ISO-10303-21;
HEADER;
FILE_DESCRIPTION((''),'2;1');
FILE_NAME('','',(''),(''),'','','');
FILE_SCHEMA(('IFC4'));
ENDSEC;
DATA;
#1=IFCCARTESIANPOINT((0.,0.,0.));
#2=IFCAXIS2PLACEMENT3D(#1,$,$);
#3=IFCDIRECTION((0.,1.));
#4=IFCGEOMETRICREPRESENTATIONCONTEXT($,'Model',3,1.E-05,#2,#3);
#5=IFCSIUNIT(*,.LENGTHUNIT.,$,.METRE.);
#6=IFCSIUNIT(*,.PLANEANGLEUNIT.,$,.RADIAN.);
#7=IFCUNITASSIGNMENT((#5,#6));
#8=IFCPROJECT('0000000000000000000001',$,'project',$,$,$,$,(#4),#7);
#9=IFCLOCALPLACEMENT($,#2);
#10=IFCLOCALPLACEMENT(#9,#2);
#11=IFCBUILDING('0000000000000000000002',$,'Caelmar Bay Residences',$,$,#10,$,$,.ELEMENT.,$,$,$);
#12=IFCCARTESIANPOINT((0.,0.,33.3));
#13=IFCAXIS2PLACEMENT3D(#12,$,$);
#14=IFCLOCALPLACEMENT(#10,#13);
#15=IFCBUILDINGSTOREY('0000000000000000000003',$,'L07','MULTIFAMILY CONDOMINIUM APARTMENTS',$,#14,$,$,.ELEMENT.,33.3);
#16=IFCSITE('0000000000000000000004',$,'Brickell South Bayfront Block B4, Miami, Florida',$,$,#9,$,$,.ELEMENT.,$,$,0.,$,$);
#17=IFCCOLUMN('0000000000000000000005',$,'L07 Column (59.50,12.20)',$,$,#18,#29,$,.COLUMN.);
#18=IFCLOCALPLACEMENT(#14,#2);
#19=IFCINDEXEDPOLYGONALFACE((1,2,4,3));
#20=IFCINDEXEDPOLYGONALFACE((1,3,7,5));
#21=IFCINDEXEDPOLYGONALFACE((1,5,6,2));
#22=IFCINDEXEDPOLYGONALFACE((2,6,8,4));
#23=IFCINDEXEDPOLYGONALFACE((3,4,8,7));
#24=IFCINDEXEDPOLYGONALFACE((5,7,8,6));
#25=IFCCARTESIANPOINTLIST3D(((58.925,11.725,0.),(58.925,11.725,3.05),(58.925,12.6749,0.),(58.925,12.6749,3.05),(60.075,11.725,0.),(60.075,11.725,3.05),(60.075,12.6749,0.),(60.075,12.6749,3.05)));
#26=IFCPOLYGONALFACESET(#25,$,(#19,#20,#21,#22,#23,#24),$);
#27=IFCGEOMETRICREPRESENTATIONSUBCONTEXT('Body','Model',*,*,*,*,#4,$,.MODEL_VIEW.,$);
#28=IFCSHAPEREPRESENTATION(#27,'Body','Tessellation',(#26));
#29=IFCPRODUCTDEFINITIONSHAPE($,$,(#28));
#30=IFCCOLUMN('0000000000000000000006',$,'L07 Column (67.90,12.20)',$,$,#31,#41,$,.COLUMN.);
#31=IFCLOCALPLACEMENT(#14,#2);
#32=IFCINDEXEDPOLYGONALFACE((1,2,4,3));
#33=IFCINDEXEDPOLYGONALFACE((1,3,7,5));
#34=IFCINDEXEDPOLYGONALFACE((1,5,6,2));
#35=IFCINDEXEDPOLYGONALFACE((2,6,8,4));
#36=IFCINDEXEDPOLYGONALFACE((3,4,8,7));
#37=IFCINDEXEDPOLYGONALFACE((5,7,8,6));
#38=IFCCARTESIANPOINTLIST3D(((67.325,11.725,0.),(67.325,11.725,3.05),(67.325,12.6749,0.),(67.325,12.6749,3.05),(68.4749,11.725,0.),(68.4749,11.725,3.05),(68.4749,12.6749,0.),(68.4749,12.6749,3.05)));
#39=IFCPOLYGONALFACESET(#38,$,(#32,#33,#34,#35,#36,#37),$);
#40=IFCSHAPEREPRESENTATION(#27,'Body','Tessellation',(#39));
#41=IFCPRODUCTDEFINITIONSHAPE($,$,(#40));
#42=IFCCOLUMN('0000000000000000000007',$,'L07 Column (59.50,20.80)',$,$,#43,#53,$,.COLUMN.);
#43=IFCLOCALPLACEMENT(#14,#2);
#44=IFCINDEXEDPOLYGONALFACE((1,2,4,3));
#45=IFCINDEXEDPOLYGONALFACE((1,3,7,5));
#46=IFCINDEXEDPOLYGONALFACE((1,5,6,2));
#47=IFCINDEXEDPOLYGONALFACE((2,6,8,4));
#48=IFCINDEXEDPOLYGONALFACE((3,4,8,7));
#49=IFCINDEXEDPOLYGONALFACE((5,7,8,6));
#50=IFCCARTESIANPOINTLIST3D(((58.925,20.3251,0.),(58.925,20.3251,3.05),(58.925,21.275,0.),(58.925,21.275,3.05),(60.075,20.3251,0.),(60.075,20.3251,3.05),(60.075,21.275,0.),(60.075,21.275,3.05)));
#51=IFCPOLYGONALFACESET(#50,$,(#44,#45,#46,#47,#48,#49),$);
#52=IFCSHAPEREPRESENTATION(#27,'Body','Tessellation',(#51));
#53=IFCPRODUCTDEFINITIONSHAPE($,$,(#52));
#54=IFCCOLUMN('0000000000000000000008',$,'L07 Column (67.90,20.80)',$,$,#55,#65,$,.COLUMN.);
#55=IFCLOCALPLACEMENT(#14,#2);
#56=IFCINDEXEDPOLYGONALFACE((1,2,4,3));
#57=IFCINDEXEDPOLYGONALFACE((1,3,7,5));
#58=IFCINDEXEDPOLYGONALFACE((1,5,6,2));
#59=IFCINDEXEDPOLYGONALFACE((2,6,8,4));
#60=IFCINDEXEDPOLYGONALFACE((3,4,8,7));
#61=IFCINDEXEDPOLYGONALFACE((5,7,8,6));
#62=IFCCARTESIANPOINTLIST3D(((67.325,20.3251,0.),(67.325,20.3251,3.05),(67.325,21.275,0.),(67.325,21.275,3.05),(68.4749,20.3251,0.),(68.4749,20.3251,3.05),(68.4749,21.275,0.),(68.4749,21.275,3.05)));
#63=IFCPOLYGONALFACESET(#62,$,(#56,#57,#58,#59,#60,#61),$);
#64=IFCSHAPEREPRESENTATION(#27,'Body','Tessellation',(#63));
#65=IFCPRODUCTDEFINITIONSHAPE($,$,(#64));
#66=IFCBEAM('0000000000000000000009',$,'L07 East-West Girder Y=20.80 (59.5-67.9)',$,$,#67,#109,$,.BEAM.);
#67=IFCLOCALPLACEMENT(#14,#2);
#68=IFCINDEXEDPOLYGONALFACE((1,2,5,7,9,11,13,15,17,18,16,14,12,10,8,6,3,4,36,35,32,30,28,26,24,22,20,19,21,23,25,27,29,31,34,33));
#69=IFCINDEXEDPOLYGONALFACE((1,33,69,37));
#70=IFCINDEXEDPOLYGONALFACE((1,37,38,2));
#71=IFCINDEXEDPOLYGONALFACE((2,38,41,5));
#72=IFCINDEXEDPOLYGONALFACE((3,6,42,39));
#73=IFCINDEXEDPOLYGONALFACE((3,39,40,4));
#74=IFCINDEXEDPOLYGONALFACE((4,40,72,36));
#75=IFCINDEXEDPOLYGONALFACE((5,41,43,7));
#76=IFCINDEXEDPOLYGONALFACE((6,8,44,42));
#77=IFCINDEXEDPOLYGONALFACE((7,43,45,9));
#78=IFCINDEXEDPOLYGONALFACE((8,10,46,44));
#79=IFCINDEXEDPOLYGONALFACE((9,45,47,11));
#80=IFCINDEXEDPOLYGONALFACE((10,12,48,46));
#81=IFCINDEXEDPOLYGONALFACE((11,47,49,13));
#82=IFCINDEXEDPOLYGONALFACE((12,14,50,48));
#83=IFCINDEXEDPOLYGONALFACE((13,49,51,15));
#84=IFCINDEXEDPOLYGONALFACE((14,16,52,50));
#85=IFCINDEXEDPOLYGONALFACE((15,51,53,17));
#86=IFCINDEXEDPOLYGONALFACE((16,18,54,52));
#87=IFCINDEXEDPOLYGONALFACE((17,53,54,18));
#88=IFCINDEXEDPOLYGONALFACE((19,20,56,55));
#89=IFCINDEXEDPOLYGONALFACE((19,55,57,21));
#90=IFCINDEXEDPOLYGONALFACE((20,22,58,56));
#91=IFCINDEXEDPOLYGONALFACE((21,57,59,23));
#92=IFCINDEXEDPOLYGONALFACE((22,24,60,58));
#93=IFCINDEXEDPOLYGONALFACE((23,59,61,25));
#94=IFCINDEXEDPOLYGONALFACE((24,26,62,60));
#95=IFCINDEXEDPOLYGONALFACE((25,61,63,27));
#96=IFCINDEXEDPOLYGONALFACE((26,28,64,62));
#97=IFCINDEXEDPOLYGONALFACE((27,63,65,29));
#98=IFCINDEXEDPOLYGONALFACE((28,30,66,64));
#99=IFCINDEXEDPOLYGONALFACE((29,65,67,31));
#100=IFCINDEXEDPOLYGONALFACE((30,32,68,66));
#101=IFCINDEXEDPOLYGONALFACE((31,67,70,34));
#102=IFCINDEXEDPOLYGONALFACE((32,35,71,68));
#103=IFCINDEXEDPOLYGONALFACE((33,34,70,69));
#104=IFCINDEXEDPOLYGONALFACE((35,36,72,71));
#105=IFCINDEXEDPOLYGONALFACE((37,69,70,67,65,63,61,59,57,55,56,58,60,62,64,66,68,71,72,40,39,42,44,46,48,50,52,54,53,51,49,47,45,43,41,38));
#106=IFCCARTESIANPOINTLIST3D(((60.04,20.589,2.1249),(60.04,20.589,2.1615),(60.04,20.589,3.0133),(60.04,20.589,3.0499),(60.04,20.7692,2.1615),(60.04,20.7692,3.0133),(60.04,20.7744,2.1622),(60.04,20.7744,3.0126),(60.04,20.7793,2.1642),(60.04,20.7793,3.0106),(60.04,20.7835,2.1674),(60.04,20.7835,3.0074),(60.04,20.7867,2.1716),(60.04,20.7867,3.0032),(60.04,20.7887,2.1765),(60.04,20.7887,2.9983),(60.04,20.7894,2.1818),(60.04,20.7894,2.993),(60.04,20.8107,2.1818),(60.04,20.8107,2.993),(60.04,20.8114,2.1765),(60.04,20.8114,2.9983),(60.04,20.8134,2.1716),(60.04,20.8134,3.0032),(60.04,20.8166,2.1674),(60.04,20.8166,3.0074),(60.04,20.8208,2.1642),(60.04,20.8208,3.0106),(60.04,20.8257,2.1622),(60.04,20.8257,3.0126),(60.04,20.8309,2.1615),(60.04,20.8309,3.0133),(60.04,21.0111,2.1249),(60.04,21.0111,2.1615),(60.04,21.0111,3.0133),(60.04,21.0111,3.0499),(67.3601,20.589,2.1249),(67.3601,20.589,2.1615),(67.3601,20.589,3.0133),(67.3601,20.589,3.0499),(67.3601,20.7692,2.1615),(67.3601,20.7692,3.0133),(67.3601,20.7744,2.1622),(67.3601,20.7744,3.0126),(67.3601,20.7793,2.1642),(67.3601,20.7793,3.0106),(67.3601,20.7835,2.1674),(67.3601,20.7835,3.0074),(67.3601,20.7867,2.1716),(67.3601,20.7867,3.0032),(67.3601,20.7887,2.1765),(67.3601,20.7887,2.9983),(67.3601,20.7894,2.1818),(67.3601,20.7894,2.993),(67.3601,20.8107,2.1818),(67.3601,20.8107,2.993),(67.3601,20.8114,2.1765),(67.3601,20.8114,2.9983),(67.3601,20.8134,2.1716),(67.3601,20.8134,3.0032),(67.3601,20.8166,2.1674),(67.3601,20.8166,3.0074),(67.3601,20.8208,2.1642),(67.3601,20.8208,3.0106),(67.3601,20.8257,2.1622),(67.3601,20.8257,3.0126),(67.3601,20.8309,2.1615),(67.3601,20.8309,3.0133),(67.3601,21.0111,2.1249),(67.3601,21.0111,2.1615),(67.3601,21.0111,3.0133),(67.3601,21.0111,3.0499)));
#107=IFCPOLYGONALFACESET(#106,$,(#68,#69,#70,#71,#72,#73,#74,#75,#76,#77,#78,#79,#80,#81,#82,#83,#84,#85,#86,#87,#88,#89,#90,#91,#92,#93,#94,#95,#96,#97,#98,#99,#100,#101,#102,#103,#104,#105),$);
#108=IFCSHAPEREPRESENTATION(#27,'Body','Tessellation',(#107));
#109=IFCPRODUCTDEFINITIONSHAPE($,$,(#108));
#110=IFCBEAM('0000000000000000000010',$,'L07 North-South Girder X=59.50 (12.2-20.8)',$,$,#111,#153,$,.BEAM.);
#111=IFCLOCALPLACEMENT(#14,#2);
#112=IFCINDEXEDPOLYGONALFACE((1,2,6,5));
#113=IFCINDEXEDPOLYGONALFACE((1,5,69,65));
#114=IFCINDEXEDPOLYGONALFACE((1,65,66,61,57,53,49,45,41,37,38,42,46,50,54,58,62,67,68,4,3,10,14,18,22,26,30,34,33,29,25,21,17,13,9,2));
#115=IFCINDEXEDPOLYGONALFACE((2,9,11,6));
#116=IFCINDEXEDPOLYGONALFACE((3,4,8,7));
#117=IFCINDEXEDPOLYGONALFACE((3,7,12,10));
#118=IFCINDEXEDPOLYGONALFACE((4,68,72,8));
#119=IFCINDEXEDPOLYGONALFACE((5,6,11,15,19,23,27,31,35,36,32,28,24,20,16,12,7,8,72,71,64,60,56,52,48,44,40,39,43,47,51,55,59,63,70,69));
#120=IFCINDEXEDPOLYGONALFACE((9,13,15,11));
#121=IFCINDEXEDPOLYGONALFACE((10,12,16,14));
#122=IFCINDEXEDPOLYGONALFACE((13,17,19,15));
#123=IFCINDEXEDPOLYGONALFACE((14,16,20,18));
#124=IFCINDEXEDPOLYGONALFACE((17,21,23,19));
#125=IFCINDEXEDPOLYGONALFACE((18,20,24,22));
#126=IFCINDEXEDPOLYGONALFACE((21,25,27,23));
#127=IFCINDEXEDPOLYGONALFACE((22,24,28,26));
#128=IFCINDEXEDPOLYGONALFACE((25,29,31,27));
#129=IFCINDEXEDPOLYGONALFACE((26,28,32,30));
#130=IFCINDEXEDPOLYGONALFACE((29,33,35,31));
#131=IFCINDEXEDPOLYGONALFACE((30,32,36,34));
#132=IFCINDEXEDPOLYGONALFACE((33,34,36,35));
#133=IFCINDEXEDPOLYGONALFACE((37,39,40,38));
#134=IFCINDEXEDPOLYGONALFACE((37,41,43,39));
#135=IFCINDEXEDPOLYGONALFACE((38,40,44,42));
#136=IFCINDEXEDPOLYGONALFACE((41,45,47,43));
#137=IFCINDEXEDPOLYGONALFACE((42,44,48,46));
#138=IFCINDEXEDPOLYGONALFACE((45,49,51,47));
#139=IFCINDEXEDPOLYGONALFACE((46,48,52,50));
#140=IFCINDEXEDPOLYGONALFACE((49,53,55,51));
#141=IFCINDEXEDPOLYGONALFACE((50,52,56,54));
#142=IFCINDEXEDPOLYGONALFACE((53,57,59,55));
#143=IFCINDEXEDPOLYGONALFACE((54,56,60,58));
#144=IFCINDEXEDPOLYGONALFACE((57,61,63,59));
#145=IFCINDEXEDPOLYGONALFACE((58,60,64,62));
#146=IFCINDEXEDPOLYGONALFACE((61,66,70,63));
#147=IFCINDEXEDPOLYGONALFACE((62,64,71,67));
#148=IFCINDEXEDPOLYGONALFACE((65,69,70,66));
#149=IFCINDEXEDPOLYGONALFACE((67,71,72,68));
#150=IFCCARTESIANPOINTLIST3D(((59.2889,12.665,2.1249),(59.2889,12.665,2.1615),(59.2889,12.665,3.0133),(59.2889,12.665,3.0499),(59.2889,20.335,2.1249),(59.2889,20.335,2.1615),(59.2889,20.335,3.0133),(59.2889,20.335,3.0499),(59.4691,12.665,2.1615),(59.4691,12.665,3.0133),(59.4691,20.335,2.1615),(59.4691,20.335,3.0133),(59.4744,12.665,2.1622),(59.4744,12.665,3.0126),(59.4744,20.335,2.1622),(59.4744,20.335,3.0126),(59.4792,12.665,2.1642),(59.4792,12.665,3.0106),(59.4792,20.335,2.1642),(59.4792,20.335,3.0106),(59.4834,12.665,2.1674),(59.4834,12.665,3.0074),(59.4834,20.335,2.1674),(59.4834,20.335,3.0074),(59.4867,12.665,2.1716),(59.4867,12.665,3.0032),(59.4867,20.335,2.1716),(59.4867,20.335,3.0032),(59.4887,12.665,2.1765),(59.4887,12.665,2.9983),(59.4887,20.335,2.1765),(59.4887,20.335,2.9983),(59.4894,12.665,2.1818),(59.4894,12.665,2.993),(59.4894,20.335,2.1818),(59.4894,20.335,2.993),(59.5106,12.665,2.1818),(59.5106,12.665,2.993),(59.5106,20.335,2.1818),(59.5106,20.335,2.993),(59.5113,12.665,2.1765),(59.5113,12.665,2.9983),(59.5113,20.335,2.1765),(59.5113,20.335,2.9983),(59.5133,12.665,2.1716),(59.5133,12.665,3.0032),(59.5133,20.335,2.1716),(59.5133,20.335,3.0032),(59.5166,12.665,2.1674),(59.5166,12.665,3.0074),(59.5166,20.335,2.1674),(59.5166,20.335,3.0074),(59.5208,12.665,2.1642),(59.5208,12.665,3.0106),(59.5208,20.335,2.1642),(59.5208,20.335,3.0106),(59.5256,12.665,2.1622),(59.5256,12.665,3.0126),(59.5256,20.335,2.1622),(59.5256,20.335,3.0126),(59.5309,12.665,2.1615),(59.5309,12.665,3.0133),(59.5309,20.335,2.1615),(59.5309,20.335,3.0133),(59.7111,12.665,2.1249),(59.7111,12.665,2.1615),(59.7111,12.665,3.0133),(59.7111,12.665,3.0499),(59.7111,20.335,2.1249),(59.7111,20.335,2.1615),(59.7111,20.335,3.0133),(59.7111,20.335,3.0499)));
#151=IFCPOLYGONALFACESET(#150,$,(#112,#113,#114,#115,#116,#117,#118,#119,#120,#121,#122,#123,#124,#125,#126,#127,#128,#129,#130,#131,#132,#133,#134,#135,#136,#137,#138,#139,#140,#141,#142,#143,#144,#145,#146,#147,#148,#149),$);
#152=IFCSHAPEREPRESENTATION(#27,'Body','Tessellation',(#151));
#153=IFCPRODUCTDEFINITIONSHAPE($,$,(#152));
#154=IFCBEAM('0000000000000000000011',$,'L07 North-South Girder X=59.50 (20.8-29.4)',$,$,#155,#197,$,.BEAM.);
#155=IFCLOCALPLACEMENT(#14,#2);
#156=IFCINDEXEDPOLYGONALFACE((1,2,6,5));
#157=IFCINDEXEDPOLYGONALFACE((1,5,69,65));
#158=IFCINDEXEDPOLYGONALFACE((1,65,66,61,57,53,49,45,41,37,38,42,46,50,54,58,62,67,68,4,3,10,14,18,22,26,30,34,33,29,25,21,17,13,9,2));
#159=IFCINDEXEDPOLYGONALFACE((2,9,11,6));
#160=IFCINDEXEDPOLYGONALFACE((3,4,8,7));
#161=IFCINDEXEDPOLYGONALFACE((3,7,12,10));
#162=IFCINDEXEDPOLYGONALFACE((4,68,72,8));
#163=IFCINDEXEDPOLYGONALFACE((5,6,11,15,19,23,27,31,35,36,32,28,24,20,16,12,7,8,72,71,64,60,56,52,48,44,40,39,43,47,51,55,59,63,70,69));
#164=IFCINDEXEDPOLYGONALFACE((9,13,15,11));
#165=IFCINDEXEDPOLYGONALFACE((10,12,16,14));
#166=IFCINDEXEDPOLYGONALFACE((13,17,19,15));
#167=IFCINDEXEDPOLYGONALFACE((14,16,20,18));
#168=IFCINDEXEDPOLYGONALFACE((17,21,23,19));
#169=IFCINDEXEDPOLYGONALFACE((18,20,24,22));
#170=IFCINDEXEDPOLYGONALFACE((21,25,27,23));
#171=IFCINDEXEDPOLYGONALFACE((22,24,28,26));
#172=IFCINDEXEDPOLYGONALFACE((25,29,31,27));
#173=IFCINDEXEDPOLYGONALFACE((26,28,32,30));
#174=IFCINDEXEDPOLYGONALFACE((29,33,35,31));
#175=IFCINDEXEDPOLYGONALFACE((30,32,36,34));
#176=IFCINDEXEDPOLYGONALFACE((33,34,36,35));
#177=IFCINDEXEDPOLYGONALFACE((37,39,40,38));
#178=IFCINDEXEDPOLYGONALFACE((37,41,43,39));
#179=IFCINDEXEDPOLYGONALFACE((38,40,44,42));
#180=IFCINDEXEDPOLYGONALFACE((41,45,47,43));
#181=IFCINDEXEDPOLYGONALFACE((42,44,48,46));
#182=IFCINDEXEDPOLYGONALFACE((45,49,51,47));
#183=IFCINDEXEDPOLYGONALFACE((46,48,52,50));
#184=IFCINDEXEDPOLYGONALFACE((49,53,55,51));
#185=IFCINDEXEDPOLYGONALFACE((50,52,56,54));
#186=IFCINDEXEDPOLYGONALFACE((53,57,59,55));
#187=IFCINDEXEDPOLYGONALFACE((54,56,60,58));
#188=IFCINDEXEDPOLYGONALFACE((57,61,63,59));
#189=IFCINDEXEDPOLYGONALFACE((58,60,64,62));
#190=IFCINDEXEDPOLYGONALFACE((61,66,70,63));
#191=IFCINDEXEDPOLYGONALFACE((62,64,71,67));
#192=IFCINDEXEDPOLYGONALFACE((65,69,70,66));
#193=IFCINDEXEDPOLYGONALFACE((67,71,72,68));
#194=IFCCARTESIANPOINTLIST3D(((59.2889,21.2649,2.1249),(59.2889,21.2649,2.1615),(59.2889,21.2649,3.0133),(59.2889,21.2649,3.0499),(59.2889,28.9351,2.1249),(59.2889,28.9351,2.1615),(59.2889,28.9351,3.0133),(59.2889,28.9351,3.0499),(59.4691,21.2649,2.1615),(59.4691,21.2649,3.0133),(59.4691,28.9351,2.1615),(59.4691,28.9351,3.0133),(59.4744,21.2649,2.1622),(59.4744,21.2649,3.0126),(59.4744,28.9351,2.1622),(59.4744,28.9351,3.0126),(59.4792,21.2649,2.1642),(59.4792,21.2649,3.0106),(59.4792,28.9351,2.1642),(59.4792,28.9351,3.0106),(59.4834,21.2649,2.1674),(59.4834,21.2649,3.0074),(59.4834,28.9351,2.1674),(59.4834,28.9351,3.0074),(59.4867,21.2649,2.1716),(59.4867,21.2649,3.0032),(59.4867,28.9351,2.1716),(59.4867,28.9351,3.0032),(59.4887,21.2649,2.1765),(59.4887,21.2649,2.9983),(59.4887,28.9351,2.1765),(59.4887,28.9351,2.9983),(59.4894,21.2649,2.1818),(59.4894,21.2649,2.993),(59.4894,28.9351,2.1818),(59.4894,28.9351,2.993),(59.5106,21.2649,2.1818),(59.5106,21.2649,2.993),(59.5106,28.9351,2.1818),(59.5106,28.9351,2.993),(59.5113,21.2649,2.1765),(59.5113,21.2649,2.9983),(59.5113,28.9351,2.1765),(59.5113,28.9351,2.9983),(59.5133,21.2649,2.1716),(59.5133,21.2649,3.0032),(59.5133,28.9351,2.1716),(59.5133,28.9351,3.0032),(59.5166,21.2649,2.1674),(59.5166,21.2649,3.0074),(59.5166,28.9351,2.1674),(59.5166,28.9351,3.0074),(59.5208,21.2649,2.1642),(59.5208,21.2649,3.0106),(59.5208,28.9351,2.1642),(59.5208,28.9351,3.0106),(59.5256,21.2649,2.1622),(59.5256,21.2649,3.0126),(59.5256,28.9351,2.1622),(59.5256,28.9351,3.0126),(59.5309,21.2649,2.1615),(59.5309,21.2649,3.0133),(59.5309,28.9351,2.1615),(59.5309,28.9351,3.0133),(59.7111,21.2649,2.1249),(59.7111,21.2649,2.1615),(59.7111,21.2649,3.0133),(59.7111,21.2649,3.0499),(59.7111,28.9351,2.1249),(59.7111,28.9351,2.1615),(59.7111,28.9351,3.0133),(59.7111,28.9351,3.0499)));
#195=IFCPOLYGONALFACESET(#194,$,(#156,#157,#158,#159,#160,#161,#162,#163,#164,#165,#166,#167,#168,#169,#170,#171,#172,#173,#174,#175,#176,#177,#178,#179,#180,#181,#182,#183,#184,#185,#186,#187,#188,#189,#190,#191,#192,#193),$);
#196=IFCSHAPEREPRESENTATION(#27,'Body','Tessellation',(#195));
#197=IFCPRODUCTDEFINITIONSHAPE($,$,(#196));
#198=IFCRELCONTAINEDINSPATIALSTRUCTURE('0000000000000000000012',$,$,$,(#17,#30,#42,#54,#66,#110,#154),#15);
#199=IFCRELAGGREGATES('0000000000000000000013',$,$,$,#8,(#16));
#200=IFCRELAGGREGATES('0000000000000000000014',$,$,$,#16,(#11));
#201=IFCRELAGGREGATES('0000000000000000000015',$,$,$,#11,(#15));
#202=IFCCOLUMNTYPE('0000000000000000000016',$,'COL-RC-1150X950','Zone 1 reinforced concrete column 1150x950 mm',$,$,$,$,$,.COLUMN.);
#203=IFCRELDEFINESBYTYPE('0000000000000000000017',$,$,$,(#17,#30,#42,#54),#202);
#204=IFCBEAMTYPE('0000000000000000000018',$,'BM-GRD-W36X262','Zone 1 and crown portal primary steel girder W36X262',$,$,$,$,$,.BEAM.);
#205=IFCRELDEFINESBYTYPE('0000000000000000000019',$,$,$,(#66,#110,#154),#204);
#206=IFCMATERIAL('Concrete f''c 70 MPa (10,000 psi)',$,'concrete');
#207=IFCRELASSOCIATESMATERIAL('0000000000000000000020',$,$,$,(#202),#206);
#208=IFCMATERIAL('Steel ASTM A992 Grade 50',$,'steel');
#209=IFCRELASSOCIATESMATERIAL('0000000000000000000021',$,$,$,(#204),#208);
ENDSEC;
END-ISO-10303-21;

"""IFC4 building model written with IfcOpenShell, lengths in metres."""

from ifc_helpers import new_model, si_unit, direction, frame, origin, origin_2d, place, context, subcontext, project, spatial, rectangle, i_section, extrude, material, material_profile, profile_set, type_object, element, save


model = new_model("IFC4")

# Units and contexts
model_context = context("Model", 3, precision=1e-05, world=origin(), true_north=direction((0.0, 1.0)))
body_context = subcontext(model_context, "Body", "Model", "MODEL_VIEW")
ifc_project = project(units=[si_unit("LENGTHUNIT", "METRE"), si_unit("PLANEANGLEUNIT", "RADIAN")], contexts=[model_context])

# Site, building, storey
site_placement = place(None, origin())
site = spatial("IfcSite", under=ifc_project, at=site_placement, Name="Brickell South Bayfront Block B4, Miami, Florida", CompositionType="ELEMENT", RefElevation=0.0)
building_placement = place(site_placement, origin())
building = spatial("IfcBuilding", under=site, at=building_placement, Name="Caelmar Bay Residences", CompositionType="ELEMENT")
storey_placement = place(building_placement, frame((0.0, 0.0, 33.3)))
storey = spatial("IfcBuildingStorey", under=building, at=storey_placement, Name="L07", Description="MULTIFAMILY CONDOMINIUM APARTMENTS", CompositionType="ELEMENT", Elevation=33.3)

# Columns
ifc_material_1 = material(Name="Concrete f'c 70 MPa (10,000 psi)", Category="concrete")
ifc_material_profile_1 = material_profile(ifc_material_1, rectangle(XDim=1.1499, YDim=0.95, at=origin_2d()), Name="RC-COL-1150X950")
ifc_profile_set_1 = profile_set([ifc_material_profile_1], Name="Concrete f'c 70 MPa (10,000 psi)")
column_type = type_object("IfcColumnType", Name="COL-RC-1150X950", Description="Zone 1 reinforced concrete column 1150x950 mm", PredefinedType="COLUMN", material=ifc_profile_set_1)
for number, where, z_axis, x_axis, name in (
    (1, (59.5, 12.2, 0.0), (0.0, 0.0, 1.0), (1.0, 0.0, 0.0), "L07 Column (59.50,12.20)"),
    (2, (67.8999, 12.2, 0.0), (0.0, 0.0, 1.0), (1.0, 0.0, 0.0), "L07 Column (67.90,12.20)"),
    (3, (59.5, 20.8, 0.0), (0.0, 0.0, 1.0), (1.0, 0.0, 0.0), "L07 Column (59.50,20.80)"),
    (4, (67.8999, 20.8, 0.0), (0.0, 0.0, 1.0), (1.0, 0.0, 0.0), "L07 Column (67.90,20.80)"),
):
    element("IfcColumn", number, at=place(storey_placement, frame(where, z_axis=z_axis, x_axis=x_axis)), inside=storey, type_object=column_type, Name=name, PredefinedType="COLUMN", context=body_context, shape_type="SweptSolid", body=[
        extrude(rectangle(XDim=1.1499, YDim=0.95, at=origin_2d()), origin(), (0.0, 0.0, 1.0), 3.05),
    ])

# Beams
ifc_material_2 = material(Name="Steel ASTM A992 Grade 50", Category="steel")
ifc_material_profile_2 = material_profile(ifc_material_2, i_section(OverallWidth=0.4221, OverallDepth=0.925, WebThickness=0.0212, FlangeThickness=0.0366, FilletRadius=0.0203, at=origin_2d()), Name="W36X262")
ifc_profile_set_2 = profile_set([ifc_material_profile_2], Name="Steel ASTM A992 Grade 50")
beam_type_1 = type_object("IfcBeamType", Name="BM-GRD-W36X262", Description="Zone 1 and crown portal primary steel girder W36X262", PredefinedType="BEAM", material=ifc_profile_set_2)
beam_1_placement = place(storey_placement, frame((60.04, 20.8, 2.5874), z_axis=(1.0, 0.0, 0.0), x_axis=(0.0, 1.0, 0.0)))
element("IfcBeam", 5, at=beam_1_placement, inside=storey, type_object=beam_type_1, Name="L07 East-West Girder Y=20.80 (59.5-67.9)", PredefinedType="BEAM", context=body_context, shape_type="SweptSolid", body=[
    extrude(i_section(OverallWidth=0.4221, OverallDepth=0.925, WebThickness=0.0212, FlangeThickness=0.0366, FilletRadius=0.0203, at=origin_2d()), origin(), (0.0, 0.0, 1.0), 7.3201),
])
beam_2_placement = place(storey_placement, frame((59.5, 12.665, 2.5874), z_axis=(0.0, 1.0, 0.0), x_axis=(-1.0, 0.0, 0.0)))
element("IfcBeam", 6, at=beam_2_placement, inside=storey, type_object=beam_type_1, Name="L07 North-South Girder X=59.50 (12.2-20.8)", PredefinedType="BEAM", context=body_context, shape_type="SweptSolid", body=[
    extrude(i_section(OverallWidth=0.4221, OverallDepth=0.925, WebThickness=0.0212, FlangeThickness=0.0366, FilletRadius=0.0203, at=origin_2d()), origin(), (0.0, 0.0, 1.0), 7.6699),
])
beam_3_placement = place(storey_placement, frame((59.5, 21.2649, 2.5874), z_axis=(0.0, 1.0, 0.0), x_axis=(-1.0, 0.0, 0.0)))
element("IfcBeam", 7, at=beam_3_placement, inside=storey, type_object=beam_type_1, Name="L07 North-South Girder X=59.50 (20.8-29.4)", PredefinedType="BEAM", context=body_context, shape_type="SweptSolid", body=[
    extrude(i_section(OverallWidth=0.4221, OverallDepth=0.925, WebThickness=0.0212, FlangeThickness=0.0366, FilletRadius=0.0203, at=origin_2d()), origin(), (0.0, 0.0, 1.0), 7.6702),
])

save(model, "model.ifc")
